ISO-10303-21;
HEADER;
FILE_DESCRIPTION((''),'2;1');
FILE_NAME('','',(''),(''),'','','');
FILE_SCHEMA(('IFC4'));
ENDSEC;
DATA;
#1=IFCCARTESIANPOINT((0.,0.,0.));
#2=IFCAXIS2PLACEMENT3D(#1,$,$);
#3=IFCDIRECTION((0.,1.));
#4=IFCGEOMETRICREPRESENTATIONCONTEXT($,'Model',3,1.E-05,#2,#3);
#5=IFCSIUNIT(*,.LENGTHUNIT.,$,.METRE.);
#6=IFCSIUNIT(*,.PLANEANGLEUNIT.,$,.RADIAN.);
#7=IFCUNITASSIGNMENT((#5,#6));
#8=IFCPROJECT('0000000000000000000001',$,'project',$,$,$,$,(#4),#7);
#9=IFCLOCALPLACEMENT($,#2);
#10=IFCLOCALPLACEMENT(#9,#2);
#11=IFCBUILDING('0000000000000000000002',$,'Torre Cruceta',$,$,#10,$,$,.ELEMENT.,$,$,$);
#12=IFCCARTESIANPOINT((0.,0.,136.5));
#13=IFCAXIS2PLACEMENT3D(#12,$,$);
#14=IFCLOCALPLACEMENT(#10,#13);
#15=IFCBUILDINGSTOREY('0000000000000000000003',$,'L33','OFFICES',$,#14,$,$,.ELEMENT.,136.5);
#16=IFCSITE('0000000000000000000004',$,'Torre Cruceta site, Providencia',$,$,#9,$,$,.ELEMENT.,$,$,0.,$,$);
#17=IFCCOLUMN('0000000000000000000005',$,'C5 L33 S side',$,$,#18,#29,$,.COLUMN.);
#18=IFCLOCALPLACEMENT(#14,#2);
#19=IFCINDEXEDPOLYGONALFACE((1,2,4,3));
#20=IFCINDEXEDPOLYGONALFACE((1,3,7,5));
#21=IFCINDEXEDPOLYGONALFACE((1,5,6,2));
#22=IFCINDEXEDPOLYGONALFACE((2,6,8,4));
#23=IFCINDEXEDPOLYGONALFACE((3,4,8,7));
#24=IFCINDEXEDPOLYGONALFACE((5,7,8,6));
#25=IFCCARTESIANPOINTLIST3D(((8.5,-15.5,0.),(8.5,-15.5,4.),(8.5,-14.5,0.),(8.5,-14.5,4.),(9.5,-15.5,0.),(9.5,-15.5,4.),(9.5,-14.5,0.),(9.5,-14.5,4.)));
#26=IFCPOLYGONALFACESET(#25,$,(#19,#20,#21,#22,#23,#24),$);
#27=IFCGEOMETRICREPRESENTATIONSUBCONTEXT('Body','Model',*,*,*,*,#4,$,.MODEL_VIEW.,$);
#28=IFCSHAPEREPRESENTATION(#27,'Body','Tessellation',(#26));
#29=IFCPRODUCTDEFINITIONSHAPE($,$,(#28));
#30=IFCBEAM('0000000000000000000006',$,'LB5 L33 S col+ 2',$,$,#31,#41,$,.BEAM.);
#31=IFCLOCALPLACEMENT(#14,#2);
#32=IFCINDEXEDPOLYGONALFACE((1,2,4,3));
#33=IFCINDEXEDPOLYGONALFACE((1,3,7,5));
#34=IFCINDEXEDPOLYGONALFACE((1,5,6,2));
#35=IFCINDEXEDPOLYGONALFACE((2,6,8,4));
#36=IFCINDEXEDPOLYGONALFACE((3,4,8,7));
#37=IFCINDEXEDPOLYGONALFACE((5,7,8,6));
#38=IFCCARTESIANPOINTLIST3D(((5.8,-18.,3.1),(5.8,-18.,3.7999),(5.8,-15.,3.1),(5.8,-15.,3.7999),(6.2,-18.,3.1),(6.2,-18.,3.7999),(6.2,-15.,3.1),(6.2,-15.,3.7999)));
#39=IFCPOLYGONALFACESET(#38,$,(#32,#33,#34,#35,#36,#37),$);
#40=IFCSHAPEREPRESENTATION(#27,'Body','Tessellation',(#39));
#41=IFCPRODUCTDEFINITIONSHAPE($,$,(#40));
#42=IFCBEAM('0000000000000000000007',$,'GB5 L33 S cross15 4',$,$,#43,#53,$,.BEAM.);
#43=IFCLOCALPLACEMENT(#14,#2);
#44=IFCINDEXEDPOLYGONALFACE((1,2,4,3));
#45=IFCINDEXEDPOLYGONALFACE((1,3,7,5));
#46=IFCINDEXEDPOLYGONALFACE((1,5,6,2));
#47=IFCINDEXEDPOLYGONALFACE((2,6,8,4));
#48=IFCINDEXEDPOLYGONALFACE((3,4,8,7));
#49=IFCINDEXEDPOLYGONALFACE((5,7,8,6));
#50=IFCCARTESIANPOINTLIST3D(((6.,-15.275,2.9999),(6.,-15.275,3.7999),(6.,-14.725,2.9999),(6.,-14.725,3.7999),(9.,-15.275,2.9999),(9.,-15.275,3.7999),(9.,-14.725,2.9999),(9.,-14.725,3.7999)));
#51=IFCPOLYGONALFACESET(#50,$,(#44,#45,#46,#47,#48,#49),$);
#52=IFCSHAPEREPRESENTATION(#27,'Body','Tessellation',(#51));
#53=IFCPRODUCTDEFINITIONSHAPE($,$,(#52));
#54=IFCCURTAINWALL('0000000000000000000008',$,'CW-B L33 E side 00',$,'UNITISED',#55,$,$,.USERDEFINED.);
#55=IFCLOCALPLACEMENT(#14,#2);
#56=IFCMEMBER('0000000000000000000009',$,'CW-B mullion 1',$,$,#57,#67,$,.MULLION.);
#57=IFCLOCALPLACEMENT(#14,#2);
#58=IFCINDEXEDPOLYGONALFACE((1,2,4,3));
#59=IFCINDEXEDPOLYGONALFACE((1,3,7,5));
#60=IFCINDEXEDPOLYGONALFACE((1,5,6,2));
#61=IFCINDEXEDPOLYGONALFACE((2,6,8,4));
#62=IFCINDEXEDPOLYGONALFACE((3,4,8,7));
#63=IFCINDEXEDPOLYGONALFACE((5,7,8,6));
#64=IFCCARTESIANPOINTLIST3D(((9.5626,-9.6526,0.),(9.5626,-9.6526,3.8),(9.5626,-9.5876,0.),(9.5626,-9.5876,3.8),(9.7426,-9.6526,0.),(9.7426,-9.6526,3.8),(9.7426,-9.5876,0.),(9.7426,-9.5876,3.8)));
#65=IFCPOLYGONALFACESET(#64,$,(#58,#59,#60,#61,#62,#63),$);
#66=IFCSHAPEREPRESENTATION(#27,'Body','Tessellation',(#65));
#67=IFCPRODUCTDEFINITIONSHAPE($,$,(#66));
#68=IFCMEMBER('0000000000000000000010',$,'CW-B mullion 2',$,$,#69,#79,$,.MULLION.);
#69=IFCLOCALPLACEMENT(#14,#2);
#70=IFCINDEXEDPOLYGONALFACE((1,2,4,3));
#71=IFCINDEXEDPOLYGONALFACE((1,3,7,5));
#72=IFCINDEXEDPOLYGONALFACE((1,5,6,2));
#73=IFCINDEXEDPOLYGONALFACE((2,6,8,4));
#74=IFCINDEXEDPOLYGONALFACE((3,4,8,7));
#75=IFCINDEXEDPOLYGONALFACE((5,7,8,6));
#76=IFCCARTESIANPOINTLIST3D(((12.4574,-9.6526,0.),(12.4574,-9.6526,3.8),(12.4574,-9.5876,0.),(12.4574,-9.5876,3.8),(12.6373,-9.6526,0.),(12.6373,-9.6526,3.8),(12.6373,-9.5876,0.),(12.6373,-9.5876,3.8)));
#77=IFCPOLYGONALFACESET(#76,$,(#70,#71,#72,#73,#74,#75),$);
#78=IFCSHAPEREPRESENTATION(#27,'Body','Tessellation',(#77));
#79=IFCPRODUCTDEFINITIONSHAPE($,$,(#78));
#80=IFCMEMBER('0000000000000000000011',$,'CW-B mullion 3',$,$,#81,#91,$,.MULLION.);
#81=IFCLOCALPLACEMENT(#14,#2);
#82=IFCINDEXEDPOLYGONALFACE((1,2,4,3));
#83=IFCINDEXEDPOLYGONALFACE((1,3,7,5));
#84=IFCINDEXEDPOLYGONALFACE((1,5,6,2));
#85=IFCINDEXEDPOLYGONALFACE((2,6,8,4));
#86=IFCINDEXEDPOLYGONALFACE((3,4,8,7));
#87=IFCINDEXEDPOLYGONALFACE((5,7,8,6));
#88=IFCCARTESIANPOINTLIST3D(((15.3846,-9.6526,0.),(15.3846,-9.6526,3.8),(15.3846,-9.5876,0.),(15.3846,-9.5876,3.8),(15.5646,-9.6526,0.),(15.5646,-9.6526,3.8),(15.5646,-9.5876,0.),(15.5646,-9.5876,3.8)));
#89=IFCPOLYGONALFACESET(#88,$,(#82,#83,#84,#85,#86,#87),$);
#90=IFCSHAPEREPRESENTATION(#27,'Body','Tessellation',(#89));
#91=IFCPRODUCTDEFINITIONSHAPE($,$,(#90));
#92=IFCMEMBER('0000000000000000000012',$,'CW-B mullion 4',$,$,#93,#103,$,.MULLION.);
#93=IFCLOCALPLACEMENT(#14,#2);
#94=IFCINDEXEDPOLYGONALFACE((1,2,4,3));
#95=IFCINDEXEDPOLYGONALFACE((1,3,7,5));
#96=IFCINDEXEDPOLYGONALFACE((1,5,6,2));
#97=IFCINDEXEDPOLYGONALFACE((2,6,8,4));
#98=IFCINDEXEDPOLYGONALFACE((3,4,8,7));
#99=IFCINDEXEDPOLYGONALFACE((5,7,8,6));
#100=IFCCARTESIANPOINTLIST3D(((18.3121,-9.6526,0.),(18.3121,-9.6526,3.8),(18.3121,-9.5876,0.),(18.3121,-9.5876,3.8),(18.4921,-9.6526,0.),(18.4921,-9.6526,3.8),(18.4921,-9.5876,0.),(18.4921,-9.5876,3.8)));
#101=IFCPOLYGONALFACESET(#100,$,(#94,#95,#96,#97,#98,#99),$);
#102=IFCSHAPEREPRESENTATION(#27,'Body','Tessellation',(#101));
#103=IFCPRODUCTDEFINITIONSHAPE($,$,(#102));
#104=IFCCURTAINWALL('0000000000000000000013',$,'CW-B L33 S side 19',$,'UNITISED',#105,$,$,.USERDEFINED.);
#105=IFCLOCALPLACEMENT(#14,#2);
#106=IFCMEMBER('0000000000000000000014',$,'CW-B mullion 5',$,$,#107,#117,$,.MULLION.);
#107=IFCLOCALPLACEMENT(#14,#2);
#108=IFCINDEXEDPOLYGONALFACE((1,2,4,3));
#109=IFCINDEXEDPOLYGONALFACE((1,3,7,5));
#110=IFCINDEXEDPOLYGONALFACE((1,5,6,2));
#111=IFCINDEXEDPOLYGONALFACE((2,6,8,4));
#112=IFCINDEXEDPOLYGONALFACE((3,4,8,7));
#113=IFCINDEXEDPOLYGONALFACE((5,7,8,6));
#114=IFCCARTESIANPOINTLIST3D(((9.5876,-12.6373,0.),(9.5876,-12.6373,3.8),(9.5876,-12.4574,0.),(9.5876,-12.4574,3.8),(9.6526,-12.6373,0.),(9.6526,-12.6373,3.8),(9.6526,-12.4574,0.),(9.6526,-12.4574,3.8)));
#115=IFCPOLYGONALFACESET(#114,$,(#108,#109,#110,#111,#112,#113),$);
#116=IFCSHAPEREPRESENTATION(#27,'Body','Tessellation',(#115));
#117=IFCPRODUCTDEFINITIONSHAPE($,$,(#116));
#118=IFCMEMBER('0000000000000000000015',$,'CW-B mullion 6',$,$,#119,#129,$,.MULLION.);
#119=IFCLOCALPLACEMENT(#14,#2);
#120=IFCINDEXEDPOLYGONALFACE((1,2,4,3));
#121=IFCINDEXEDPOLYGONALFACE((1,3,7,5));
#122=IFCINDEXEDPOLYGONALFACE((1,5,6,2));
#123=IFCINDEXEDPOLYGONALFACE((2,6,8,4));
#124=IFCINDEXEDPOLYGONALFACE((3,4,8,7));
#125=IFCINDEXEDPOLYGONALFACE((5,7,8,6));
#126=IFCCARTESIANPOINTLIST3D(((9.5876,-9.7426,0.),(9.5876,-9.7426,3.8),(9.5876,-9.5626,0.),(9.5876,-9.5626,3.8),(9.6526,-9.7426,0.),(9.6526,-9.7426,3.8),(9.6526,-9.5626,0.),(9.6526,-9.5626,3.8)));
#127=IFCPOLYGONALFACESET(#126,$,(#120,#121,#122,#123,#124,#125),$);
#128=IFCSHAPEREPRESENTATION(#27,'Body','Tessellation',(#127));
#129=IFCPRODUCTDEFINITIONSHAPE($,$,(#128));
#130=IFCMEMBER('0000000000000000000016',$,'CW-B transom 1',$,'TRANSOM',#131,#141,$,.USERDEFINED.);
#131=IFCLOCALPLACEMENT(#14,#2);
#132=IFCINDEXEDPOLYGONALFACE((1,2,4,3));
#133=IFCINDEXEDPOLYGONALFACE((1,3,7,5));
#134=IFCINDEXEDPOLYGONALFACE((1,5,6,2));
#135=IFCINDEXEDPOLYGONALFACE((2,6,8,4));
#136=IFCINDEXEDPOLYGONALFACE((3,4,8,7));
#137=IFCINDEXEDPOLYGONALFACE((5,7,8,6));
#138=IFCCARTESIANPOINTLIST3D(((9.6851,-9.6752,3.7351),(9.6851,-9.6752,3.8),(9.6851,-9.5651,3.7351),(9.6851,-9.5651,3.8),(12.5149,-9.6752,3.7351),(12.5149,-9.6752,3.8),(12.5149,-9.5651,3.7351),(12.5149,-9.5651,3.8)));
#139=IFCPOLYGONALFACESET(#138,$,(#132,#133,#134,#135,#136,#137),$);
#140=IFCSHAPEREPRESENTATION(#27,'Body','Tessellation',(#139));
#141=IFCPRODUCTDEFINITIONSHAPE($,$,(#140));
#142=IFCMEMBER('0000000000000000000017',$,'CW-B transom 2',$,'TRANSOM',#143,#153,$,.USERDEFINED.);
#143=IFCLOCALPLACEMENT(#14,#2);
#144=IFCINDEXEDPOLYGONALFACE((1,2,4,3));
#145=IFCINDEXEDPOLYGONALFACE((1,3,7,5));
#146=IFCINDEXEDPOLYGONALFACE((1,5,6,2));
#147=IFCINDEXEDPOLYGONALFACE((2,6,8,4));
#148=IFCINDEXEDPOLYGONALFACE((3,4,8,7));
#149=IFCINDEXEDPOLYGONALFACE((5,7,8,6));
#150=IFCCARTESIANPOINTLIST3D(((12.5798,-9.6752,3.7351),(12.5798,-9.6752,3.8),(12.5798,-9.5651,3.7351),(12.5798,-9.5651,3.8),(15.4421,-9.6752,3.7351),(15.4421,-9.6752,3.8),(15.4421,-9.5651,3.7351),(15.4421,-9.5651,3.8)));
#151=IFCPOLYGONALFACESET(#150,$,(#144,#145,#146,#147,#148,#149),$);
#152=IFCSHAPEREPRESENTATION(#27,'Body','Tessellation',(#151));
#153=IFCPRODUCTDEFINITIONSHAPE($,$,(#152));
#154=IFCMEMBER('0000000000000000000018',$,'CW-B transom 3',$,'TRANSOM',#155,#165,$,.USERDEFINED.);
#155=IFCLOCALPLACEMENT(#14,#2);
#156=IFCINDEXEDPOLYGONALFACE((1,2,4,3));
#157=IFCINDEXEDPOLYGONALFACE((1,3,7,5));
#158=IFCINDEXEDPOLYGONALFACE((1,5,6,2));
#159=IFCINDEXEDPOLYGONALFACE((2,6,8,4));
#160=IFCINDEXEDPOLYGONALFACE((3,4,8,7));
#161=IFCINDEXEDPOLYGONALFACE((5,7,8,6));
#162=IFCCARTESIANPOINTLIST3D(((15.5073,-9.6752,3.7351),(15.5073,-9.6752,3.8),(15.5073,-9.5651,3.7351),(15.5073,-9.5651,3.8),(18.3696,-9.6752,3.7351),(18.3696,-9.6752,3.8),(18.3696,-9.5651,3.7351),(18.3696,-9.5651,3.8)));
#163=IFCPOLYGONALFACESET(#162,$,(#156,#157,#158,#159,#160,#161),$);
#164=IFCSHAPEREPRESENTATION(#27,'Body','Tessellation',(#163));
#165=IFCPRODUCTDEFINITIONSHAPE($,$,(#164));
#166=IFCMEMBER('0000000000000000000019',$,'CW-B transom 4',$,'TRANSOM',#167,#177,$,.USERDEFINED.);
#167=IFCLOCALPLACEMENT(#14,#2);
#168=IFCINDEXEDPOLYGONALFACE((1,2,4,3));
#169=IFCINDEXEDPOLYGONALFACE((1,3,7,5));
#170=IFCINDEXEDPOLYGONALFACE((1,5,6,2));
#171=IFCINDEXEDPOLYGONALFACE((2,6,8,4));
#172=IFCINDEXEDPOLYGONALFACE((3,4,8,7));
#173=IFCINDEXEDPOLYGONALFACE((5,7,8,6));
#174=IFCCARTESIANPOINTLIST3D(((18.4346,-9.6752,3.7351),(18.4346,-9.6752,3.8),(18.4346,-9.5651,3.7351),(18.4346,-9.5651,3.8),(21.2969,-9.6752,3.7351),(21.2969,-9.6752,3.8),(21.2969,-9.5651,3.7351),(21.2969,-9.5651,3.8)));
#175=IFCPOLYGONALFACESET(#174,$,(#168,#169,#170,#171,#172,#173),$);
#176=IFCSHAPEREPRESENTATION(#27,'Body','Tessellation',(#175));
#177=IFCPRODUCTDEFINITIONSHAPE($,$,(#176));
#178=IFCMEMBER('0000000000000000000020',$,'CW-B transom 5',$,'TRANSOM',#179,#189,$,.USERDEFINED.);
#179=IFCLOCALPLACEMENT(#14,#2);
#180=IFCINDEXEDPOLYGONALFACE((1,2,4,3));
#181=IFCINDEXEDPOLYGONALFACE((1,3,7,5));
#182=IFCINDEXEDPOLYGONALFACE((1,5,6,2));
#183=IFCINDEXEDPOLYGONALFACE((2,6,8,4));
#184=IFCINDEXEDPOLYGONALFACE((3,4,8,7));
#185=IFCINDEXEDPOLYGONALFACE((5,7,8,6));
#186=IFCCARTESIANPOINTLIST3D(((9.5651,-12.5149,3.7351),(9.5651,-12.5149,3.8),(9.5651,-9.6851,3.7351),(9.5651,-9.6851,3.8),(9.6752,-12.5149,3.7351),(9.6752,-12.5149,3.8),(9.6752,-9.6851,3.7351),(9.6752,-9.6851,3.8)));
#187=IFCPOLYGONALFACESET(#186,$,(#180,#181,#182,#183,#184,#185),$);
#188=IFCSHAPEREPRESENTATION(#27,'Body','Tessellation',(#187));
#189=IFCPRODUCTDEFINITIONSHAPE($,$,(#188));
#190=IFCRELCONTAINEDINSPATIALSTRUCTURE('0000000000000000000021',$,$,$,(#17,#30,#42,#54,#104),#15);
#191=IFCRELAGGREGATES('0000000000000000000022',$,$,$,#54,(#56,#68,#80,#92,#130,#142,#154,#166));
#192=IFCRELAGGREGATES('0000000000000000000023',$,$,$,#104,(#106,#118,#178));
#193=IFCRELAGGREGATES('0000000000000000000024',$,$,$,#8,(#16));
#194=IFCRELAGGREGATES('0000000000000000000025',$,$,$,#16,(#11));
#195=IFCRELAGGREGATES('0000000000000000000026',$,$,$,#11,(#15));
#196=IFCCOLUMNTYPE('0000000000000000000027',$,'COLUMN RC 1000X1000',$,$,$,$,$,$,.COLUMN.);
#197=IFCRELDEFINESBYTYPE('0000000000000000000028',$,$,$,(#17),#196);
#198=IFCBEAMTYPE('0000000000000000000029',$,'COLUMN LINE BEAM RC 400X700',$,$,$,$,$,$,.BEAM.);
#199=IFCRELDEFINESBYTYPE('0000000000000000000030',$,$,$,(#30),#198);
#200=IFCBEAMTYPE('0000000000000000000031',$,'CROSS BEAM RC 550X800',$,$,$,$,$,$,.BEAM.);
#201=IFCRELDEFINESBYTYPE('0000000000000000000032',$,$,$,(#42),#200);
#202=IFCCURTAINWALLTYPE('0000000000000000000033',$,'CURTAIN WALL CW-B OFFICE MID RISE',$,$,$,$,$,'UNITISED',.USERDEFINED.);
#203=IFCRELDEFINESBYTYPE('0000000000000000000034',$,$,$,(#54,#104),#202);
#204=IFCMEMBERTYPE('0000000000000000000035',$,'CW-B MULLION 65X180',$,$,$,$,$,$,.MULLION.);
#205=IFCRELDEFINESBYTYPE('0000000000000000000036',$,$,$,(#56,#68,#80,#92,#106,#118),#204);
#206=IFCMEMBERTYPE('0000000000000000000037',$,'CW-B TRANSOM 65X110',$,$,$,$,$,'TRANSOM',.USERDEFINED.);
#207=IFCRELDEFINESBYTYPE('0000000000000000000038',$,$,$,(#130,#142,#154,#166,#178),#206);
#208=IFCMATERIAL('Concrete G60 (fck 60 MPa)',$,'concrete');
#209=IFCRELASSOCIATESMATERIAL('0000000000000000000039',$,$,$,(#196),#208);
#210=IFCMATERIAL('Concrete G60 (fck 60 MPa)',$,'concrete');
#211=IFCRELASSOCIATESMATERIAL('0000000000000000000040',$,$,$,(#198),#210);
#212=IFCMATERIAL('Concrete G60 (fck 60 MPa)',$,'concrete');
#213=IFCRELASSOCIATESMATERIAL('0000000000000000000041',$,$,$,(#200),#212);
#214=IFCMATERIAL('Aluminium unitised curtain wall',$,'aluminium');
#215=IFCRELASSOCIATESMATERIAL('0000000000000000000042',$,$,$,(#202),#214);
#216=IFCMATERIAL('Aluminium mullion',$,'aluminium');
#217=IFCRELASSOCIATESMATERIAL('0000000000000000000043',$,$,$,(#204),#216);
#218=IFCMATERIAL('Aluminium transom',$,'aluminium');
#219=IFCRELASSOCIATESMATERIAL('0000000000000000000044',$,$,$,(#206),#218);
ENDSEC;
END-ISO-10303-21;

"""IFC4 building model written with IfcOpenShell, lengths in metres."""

from ifc_helpers import new_model, si_unit, direction, frame, origin, origin_2d, place, context, subcontext, project, spatial, rectangle, extrude, material, material_profile, profile_set, type_object, element, aggregate, save


model = new_model("IFC4")

# Units and contexts
model_context = context("Model", 3, precision=1e-05, world=origin(), true_north=direction((0.0, 1.0)))
body_context = subcontext(model_context, "Body", "Model", "MODEL_VIEW")
ifc_project = project(units=[si_unit("LENGTHUNIT", "METRE"), si_unit("PLANEANGLEUNIT", "RADIAN")], contexts=[model_context])

# Site, building, storey
site_placement = place(None, origin())
site = spatial("IfcSite", under=ifc_project, at=site_placement, Name="Torre Cruceta site, Providencia", CompositionType="ELEMENT", RefElevation=0.0)
building_placement = place(site_placement, origin())
building = spatial("IfcBuilding", under=site, at=building_placement, Name="Torre Cruceta", CompositionType="ELEMENT")
storey_placement = place(building_placement, frame((0.0, 0.0, 136.5)))
storey = spatial("IfcBuildingStorey", under=building, at=storey_placement, Name="L33", Description="OFFICES", CompositionType="ELEMENT", Elevation=136.5)

# Column
ifc_material_1 = material(Name="Concrete G60 (fck 60 MPa)", Category="concrete")
ifc_material_profile_1 = material_profile(ifc_material_1, rectangle(XDim=1.0, YDim=1.0, at=origin_2d()), Name="RC 1000X1000")
ifc_profile_set_1 = profile_set([ifc_material_profile_1], Name="Concrete G60 (fck 60 MPa)")
column_type = type_object("IfcColumnType", Name="COLUMN RC 1000X1000", PredefinedType="COLUMN", material=ifc_profile_set_1)
column_placement = place(storey_placement, frame((9.0, -15.0, 0.0), z_axis=(0.0, 0.0, 1.0), x_axis=(1.0, 0.0, 0.0)))
element("IfcColumn", 1, at=column_placement, inside=storey, type_object=column_type, Name="C5 L33 S side", PredefinedType="COLUMN", context=body_context, shape_type="SweptSolid", body=[
    extrude(rectangle(XDim=1.0, YDim=1.0, at=origin_2d()), origin(), (0.0, 0.0, 1.0), 4.0),
])

# Beams
ifc_material_2 = material(Name="Concrete G60 (fck 60 MPa)", Category="concrete")
ifc_material_profile_2 = material_profile(ifc_material_2, rectangle(XDim=0.3999, YDim=0.7, at=origin_2d()), Name="RC 400X700")
ifc_profile_set_2 = profile_set([ifc_material_profile_2], Name="Concrete G60 (fck 60 MPa)")
beam_type_1 = type_object("IfcBeamType", Name="COLUMN LINE BEAM RC 400X700", PredefinedType="BEAM", material=ifc_profile_set_2)
beam_1_placement = place(storey_placement, frame((6.0, -15.0, 3.45), z_axis=(0.0, -1.0, 0.0), x_axis=(1.0, 0.0, 0.0)))
element("IfcBeam", 2, at=beam_1_placement, inside=storey, type_object=beam_type_1, Name="LB5 L33 S col+ 2", PredefinedType="BEAM", context=body_context, shape_type="SweptSolid", body=[
    extrude(rectangle(XDim=0.3999, YDim=0.7, at=origin_2d()), origin(), (0.0, 0.0, 1.0), 3.0),
])
ifc_material_3 = material(Name="Concrete G60 (fck 60 MPa)", Category="concrete")
ifc_material_profile_3 = material_profile(ifc_material_3, rectangle(XDim=0.55, YDim=0.8, at=origin_2d()), Name="RC 550X800")
ifc_profile_set_3 = profile_set([ifc_material_profile_3], Name="Concrete G60 (fck 60 MPa)")
beam_type_2 = type_object("IfcBeamType", Name="CROSS BEAM RC 550X800", PredefinedType="BEAM", material=ifc_profile_set_3)
beam_2_placement = place(storey_placement, frame((6.0, -15.0, 3.3999), z_axis=(1.0, 0.0, 0.0), x_axis=(0.0, 1.0, 0.0)))
element("IfcBeam", 3, at=beam_2_placement, inside=storey, type_object=beam_type_2, Name="GB5 L33 S cross15 4", PredefinedType="BEAM", context=body_context, shape_type="SweptSolid", body=[
    extrude(rectangle(XDim=0.55, YDim=0.8, at=origin_2d()), origin(), (0.0, 0.0, 1.0), 3.0),
])

# Curtain walls, members
ifc_material_4 = material(Name="Aluminium unitised curtain wall", Category="aluminium")
curtain_wall_type = type_object("IfcCurtainWallType", Name="CURTAIN WALL CW-B OFFICE MID RISE", ElementType="UNITISED", PredefinedType="USERDEFINED", material=ifc_material_4)
curtain_wall_1_placement = place(storey_placement, origin())
curtain_wall_1 = element("IfcCurtainWall", 4, at=curtain_wall_1_placement, inside=storey, type_object=curtain_wall_type, Name="CW-B L33 E side 00", ObjectType="UNITISED", PredefinedType="USERDEFINED")
ifc_material_5 = material(Name="Aluminium mullion", Category="aluminium")
ifc_material_profile_4 = material_profile(ifc_material_5, rectangle(XDim=0.0649, YDim=0.1799, at=origin_2d()), Name="AL 65X180")
ifc_profile_set_4 = profile_set([ifc_material_profile_4], Name="Aluminium mullion")
member_type_1 = type_object("IfcMemberType", Name="CW-B MULLION 65X180", PredefinedType="MULLION", material=ifc_profile_set_4)
member_1_placement = place(storey_placement, frame((9.6526, -9.6201, 0.0), z_axis=(0.0, 0.0, 1.0), x_axis=(0.0, 1.0, 0.0)))
member_1 = element("IfcMember", 5, at=member_1_placement, type_object=member_type_1, Name="CW-B mullion 1", PredefinedType="MULLION", context=body_context, shape_type="SweptSolid", body=[
    extrude(rectangle(XDim=0.0649, YDim=0.1799, at=origin_2d()), origin(), (0.0, 0.0, 1.0), 3.8),
])
member_2_placement = place(storey_placement, frame((12.5474, -9.6201, 0.0), z_axis=(0.0, 0.0, 1.0), x_axis=(0.0, 1.0, 0.0)))
member_2 = element("IfcMember", 6, at=member_2_placement, type_object=member_type_1, Name="CW-B mullion 2", PredefinedType="MULLION", context=body_context, shape_type="SweptSolid", body=[
    extrude(rectangle(XDim=0.0649, YDim=0.1799, at=origin_2d()), origin(), (0.0, 0.0, 1.0), 3.8),
])
member_3_placement = place(storey_placement, frame((15.4746, -9.6201, 0.0), z_axis=(0.0, 0.0, 1.0), x_axis=(0.0, 1.0, 0.0)))
member_3 = element("IfcMember", 7, at=member_3_placement, type_object=member_type_1, Name="CW-B mullion 3", PredefinedType="MULLION", context=body_context, shape_type="SweptSolid", body=[
    extrude(rectangle(XDim=0.0649, YDim=0.1799, at=origin_2d()), origin(), (0.0, 0.0, 1.0), 3.8),
])
member_4_placement = place(storey_placement, frame((18.4021, -9.6201, 0.0), z_axis=(0.0, 0.0, 1.0), x_axis=(0.0, 1.0, 0.0)))
member_4 = element("IfcMember", 8, at=member_4_placement, type_object=member_type_1, Name="CW-B mullion 4", PredefinedType="MULLION", context=body_context, shape_type="SweptSolid", body=[
    extrude(rectangle(XDim=0.0649, YDim=0.1799, at=origin_2d()), origin(), (0.0, 0.0, 1.0), 3.8),
])
curtain_wall_2_placement = place(storey_placement, origin())
curtain_wall_2 = element("IfcCurtainWall", 9, at=curtain_wall_2_placement, inside=storey, type_object=curtain_wall_type, Name="CW-B L33 S side 19", ObjectType="UNITISED", PredefinedType="USERDEFINED")
member_5_placement = place(storey_placement, frame((9.6201, -12.5474, 0.0), z_axis=(0.0, 0.0, 1.0), x_axis=(-1.0, 0.0, 0.0)))
member_5 = element("IfcMember", 10, at=member_5_placement, type_object=member_type_1, Name="CW-B mullion 5", PredefinedType="MULLION", context=body_context, shape_type="SweptSolid", body=[
    extrude(rectangle(XDim=0.0649, YDim=0.1799, at=origin_2d()), origin(), (0.0, 0.0, 1.0), 3.8),
])
member_6_placement = place(storey_placement, frame((9.6201, -9.6526, 0.0), z_axis=(0.0, 0.0, 1.0), x_axis=(-1.0, 0.0, 0.0)))
member_6 = element("IfcMember", 11, at=member_6_placement, type_object=member_type_1, Name="CW-B mullion 6", PredefinedType="MULLION", context=body_context, shape_type="SweptSolid", body=[
    extrude(rectangle(XDim=0.0649, YDim=0.1799, at=origin_2d()), origin(), (0.0, 0.0, 1.0), 3.8),
])

# Members
ifc_material_6 = material(Name="Aluminium transom", Category="aluminium")
ifc_material_profile_5 = material_profile(ifc_material_6, rectangle(XDim=0.1101, YDim=0.0649, at=origin_2d()), Name="AL 110X65")
ifc_profile_set_5 = profile_set([ifc_material_profile_5], Name="Aluminium transom")
member_type_2 = type_object("IfcMemberType", Name="CW-B TRANSOM 65X110", ElementType="TRANSOM", PredefinedType="USERDEFINED", material=ifc_profile_set_5)
member_7_placement = place(storey_placement, frame((9.6851, -9.6201, 3.7676), z_axis=(1.0, 0.0, 0.0), x_axis=(0.0, 1.0, 0.0)))
member_7 = element("IfcMember", 12, at=member_7_placement, type_object=member_type_2, Name="CW-B transom 1", ObjectType="TRANSOM", PredefinedType="USERDEFINED", context=body_context, shape_type="SweptSolid", body=[
    extrude(rectangle(XDim=0.1101, YDim=0.0649, at=origin_2d()), origin(), (0.0, 0.0, 1.0), 2.8298),
])
member_8_placement = place(storey_placement, frame((12.5798, -9.6201, 3.7676), z_axis=(1.0, 0.0, 0.0), x_axis=(0.0, 1.0, 0.0)))
member_8 = element("IfcMember", 13, at=member_8_placement, type_object=member_type_2, Name="CW-B transom 2", ObjectType="TRANSOM", PredefinedType="USERDEFINED", context=body_context, shape_type="SweptSolid", body=[
    extrude(rectangle(XDim=0.1101, YDim=0.0649, at=origin_2d()), origin(), (0.0, 0.0, 1.0), 2.8623),
])
member_9_placement = place(storey_placement, frame((15.5073, -9.6201, 3.7676), z_axis=(1.0, 0.0, 0.0), x_axis=(0.0, 1.0, 0.0)))
member_9 = element("IfcMember", 14, at=member_9_placement, type_object=member_type_2, Name="CW-B transom 3", ObjectType="TRANSOM", PredefinedType="USERDEFINED", context=body_context, shape_type="SweptSolid", body=[
    extrude(rectangle(XDim=0.1101, YDim=0.0649, at=origin_2d()), origin(), (0.0, 0.0, 1.0), 2.8623),
])
member_10_placement = place(storey_placement, frame((18.4346, -9.6201, 3.7676), z_axis=(1.0, 0.0, 0.0), x_axis=(0.0, 1.0, 0.0)))
member_10 = element("IfcMember", 15, at=member_10_placement, type_object=member_type_2, Name="CW-B transom 4", ObjectType="TRANSOM", PredefinedType="USERDEFINED", context=body_context, shape_type="SweptSolid", body=[
    extrude(rectangle(XDim=0.1101, YDim=0.0649, at=origin_2d()), origin(), (0.0, 0.0, 1.0), 2.8623),
])
member_11_placement = place(storey_placement, frame((9.6201, -12.5149, 3.7676), z_axis=(0.0, 1.0, 0.0), x_axis=(-1.0, 0.0, 0.0)))
member_11 = element("IfcMember", 16, at=member_11_placement, type_object=member_type_2, Name="CW-B transom 5", ObjectType="TRANSOM", PredefinedType="USERDEFINED", context=body_context, shape_type="SweptSolid", body=[
    extrude(rectangle(XDim=0.1101, YDim=0.0649, at=origin_2d()), origin(), (0.0, 0.0, 1.0), 2.8298),
])

aggregate(curtain_wall_1, [member_1, member_2, member_3, member_4, member_7, member_8, member_9, member_10])
aggregate(curtain_wall_2, [member_5, member_6, member_11])

save(model, "model.ifc")
